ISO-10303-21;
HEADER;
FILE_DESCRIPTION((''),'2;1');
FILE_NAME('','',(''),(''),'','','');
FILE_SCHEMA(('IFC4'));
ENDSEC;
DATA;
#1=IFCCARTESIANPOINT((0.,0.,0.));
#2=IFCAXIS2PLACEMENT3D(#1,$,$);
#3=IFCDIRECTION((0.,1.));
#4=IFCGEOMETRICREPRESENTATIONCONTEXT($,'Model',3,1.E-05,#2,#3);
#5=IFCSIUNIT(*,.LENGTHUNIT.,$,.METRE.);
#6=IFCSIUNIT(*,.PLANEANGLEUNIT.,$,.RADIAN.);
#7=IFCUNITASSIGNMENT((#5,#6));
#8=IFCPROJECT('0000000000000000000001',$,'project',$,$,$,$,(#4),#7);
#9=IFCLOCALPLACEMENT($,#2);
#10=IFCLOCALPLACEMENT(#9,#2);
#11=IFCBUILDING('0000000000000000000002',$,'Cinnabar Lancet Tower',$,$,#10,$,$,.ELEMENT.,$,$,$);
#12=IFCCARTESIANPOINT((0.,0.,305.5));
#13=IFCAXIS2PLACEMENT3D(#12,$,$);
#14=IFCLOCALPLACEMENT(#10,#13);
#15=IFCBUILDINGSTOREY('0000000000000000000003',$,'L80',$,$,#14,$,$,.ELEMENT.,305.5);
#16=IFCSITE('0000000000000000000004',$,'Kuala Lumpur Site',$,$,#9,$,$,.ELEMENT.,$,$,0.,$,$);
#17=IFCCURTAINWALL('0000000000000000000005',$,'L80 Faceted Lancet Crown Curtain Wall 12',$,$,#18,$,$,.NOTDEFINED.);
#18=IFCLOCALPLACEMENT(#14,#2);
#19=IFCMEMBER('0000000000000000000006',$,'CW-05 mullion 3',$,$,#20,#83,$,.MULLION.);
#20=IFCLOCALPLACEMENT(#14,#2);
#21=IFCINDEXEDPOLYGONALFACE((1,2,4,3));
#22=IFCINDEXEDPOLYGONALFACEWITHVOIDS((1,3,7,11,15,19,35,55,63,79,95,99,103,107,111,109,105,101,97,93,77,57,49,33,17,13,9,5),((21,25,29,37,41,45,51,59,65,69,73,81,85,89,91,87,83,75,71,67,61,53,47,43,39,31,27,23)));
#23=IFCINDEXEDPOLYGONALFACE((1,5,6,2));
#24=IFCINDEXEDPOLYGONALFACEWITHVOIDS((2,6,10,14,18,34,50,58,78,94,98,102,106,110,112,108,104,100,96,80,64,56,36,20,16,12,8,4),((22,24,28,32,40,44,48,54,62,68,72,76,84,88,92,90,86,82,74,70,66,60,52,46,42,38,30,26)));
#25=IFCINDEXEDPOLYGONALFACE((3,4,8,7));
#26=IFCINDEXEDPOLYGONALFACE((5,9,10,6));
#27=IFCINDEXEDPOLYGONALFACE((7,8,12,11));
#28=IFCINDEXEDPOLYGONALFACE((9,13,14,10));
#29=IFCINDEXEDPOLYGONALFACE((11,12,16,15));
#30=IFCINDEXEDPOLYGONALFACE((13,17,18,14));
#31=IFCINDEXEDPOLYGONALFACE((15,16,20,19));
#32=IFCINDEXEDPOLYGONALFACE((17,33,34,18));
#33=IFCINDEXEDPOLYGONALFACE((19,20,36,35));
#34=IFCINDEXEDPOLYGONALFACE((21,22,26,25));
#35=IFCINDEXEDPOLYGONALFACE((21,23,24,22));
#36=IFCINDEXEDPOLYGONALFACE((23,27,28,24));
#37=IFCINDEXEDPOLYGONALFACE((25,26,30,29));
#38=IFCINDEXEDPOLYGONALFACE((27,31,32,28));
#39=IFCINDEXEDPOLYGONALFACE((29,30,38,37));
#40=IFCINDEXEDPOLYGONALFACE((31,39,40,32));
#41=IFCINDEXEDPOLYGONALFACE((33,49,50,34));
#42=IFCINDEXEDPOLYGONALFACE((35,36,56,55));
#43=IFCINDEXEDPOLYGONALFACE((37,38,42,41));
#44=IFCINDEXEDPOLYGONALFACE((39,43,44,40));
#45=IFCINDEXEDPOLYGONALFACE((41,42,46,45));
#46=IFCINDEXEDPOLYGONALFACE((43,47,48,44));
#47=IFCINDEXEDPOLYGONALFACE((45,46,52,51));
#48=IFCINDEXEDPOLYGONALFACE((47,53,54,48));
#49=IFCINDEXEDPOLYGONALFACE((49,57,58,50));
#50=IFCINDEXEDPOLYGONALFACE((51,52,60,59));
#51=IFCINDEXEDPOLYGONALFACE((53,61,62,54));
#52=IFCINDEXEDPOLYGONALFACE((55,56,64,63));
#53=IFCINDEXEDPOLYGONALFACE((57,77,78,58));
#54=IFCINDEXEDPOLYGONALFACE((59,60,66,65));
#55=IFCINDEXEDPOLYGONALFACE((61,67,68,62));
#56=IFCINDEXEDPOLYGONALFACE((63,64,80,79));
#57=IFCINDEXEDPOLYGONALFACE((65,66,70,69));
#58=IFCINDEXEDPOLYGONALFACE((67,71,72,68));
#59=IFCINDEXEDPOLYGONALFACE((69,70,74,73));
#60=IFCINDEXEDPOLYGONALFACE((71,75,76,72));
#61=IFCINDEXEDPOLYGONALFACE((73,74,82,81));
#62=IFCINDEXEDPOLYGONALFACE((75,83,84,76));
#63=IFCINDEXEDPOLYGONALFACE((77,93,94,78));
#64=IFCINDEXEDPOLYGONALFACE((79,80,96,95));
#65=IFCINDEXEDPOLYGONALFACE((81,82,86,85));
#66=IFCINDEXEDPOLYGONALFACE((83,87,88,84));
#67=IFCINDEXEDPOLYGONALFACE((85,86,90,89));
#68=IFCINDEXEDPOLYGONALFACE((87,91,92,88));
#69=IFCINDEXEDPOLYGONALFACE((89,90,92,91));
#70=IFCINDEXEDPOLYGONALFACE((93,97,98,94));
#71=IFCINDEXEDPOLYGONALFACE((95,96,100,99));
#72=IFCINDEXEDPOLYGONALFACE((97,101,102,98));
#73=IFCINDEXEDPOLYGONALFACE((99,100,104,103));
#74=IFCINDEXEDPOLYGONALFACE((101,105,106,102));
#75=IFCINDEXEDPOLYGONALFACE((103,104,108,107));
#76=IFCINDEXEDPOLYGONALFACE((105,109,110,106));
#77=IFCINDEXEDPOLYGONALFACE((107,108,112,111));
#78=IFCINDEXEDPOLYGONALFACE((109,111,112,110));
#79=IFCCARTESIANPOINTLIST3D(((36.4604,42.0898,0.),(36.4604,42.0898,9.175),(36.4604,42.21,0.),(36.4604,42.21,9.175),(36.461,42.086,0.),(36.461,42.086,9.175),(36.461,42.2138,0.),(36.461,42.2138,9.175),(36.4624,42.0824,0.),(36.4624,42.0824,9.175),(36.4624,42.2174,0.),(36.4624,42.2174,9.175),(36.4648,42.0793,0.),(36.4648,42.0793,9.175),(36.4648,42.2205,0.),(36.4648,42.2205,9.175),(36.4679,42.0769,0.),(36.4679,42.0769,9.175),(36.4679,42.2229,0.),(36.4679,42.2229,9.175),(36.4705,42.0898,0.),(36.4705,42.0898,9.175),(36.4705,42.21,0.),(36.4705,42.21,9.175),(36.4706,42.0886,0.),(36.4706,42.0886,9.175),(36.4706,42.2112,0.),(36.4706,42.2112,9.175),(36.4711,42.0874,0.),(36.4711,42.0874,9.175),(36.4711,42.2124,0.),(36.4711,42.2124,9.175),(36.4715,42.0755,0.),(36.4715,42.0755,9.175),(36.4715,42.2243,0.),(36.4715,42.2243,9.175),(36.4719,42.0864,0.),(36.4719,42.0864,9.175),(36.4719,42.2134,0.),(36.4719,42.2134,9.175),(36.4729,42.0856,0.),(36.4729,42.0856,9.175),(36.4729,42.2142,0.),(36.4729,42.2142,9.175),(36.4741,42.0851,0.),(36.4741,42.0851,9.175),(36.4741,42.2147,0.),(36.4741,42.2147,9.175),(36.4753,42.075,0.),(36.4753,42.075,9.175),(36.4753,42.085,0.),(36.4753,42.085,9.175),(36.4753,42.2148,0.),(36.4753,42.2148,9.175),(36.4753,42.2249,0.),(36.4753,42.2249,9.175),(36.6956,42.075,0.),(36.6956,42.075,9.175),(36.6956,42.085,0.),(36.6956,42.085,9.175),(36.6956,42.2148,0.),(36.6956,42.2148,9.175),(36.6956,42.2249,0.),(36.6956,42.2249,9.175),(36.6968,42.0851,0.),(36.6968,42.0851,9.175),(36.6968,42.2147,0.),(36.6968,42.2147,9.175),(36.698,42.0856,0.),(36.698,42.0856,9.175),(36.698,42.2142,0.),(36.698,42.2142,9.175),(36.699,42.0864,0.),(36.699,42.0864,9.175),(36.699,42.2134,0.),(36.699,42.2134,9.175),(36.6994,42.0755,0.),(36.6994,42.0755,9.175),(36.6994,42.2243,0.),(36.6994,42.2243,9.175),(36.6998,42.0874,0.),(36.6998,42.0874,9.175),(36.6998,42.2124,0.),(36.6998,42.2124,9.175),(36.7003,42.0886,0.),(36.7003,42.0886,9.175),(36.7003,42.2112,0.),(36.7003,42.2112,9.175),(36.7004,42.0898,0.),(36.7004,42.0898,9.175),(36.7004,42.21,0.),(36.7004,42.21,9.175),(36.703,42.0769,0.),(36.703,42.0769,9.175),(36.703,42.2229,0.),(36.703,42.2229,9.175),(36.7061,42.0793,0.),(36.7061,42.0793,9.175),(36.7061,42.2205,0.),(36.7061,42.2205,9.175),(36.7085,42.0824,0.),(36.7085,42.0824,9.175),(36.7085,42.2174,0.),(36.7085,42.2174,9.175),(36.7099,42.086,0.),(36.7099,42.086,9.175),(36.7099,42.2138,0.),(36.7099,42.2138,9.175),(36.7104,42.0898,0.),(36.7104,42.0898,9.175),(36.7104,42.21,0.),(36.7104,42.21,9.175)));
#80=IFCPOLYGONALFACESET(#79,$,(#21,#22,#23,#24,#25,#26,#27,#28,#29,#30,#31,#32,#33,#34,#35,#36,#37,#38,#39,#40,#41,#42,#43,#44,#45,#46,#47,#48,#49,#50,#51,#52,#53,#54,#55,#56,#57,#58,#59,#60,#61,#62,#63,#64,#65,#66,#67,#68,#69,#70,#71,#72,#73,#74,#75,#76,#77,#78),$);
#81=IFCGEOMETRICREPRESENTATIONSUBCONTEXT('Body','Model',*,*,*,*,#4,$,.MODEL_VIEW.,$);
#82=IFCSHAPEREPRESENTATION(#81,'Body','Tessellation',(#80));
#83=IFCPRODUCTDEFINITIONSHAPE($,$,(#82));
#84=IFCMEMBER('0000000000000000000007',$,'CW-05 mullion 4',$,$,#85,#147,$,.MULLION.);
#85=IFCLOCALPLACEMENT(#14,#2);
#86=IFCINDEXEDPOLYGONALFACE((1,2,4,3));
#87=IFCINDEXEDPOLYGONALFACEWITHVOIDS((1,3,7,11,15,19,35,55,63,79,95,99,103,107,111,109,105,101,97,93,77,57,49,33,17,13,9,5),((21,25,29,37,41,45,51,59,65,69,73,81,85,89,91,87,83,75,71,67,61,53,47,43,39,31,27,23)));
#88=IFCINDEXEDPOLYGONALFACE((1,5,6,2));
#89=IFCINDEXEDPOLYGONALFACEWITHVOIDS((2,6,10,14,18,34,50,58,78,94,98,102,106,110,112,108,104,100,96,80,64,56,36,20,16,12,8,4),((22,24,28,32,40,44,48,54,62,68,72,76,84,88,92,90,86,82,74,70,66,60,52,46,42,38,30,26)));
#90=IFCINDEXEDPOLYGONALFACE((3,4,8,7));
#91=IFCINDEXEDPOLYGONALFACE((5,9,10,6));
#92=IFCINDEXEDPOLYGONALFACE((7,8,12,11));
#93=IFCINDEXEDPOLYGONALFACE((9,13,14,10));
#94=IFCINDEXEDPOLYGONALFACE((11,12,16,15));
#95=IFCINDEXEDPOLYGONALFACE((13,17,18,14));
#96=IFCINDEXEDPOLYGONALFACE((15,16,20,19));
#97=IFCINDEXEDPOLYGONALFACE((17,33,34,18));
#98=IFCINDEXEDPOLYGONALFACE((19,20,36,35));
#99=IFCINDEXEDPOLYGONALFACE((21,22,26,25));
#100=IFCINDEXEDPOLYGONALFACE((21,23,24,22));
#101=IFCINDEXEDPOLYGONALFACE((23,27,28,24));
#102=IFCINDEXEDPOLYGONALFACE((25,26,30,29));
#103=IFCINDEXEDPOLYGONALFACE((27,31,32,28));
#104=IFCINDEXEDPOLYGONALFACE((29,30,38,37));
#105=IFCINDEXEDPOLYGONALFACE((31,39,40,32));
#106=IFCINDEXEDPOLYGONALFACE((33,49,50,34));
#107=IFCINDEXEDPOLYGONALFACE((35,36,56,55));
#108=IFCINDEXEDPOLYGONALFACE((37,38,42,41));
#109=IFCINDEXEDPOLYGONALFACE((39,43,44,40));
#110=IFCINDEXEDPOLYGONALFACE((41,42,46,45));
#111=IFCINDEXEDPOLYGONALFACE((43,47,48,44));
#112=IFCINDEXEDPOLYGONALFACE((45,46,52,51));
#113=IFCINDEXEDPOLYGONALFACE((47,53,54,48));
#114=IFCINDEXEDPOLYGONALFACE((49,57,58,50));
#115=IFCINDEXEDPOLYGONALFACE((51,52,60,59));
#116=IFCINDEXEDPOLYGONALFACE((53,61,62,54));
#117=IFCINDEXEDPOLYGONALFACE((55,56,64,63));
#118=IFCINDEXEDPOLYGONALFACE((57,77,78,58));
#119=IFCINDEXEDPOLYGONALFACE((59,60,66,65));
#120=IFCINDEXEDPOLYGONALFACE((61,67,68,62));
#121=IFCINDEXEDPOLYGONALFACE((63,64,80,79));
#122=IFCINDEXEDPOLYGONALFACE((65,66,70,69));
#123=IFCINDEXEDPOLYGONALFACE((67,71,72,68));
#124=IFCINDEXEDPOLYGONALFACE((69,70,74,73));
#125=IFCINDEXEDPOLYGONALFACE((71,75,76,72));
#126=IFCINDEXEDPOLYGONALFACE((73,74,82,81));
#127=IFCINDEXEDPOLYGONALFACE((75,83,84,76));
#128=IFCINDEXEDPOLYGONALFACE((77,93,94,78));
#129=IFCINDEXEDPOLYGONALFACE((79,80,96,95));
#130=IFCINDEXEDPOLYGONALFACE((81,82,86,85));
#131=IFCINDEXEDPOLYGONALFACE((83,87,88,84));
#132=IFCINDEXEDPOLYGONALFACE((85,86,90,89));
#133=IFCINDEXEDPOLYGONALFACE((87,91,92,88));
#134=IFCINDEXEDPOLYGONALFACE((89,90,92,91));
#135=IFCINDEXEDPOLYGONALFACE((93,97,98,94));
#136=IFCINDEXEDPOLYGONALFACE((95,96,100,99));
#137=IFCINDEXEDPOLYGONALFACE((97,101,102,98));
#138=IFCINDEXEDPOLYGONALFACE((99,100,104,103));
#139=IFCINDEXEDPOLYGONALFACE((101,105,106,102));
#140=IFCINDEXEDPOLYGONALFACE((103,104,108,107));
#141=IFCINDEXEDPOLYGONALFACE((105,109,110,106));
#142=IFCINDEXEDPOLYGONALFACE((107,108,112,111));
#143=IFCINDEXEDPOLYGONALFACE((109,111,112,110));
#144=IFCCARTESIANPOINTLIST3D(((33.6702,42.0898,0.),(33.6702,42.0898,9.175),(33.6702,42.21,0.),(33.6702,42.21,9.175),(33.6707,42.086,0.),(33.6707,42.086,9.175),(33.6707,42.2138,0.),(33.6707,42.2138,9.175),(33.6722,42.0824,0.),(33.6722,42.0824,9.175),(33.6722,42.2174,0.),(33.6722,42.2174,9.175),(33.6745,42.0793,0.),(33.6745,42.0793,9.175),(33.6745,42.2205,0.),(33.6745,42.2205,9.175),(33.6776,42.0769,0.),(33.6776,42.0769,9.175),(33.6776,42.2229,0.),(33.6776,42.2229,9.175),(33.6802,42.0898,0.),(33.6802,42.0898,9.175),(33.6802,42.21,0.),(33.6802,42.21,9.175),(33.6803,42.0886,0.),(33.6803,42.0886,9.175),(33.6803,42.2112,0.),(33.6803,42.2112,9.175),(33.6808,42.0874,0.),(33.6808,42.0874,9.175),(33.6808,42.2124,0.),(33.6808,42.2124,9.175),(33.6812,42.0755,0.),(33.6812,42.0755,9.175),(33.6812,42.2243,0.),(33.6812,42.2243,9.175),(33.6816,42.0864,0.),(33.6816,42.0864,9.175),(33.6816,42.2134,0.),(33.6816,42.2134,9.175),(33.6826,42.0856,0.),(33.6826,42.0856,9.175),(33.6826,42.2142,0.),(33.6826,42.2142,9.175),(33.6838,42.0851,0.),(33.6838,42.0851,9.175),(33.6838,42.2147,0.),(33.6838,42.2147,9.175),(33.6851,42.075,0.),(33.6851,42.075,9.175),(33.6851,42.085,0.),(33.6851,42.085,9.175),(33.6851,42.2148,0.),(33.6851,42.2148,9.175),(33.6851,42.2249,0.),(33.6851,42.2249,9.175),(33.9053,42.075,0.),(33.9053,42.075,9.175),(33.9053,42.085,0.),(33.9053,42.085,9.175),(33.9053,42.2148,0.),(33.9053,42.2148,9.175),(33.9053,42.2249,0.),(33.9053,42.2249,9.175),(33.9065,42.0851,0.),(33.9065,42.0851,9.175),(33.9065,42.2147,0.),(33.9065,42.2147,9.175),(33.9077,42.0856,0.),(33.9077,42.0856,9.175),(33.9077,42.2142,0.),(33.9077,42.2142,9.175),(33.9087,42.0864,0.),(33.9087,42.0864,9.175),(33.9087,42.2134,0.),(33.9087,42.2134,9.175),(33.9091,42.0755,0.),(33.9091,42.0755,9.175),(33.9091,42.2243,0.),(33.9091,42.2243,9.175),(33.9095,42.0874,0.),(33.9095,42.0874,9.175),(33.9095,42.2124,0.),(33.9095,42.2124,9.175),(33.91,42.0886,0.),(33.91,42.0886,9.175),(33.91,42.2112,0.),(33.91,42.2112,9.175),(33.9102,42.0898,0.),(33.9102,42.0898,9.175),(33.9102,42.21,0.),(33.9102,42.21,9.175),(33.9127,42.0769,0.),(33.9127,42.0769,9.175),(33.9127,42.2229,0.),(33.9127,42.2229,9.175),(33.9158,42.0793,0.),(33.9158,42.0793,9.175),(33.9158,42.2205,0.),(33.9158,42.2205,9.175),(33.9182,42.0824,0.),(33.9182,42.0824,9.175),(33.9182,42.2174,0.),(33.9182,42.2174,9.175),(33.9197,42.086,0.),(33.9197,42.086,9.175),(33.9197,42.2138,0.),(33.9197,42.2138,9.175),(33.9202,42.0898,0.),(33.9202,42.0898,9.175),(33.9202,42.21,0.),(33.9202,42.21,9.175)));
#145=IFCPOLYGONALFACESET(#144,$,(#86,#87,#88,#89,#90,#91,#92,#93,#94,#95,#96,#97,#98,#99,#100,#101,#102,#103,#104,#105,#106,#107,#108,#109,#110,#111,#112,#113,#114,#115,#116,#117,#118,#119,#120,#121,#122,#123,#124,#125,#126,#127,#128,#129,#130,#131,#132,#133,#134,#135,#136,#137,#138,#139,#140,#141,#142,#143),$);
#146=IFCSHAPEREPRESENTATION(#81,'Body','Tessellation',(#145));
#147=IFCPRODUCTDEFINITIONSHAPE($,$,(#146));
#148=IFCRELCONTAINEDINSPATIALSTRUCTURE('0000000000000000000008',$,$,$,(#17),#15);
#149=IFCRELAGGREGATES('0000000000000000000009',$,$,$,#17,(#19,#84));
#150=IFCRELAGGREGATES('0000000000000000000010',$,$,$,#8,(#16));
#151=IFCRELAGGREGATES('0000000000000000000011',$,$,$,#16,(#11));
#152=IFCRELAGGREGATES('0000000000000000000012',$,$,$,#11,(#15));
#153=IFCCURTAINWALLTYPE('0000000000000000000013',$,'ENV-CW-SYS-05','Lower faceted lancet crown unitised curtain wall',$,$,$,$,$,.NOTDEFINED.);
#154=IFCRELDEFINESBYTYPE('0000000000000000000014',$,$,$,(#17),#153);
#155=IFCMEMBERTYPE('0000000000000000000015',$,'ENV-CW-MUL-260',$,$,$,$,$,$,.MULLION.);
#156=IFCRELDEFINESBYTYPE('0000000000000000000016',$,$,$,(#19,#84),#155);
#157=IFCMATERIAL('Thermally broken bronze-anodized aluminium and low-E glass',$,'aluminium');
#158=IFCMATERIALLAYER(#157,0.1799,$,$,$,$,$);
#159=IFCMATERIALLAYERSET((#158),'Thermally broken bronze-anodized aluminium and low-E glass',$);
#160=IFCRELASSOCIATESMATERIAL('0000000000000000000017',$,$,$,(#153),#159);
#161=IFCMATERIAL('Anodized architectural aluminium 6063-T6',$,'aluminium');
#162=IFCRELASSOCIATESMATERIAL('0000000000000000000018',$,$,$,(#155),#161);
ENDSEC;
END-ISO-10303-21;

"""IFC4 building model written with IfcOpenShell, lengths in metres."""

from ifc_helpers import new_model, si_unit, direction, frame, origin, origin_2d, place, context, subcontext, project, spatial, hollow_rectangle, extrude, material, layer, layer_set, material_profile, profile_set, type_object, element, aggregate, save


model = new_model("IFC4")

# Units and contexts
model_context = context("Model", 3, precision=1e-05, world=origin(), true_north=direction((0.0, 1.0)))
body_context = subcontext(model_context, "Body", "Model", "MODEL_VIEW")
ifc_project = project(units=[si_unit("LENGTHUNIT", "METRE"), si_unit("PLANEANGLEUNIT", "RADIAN")], contexts=[model_context])

# Site, building, storey
site_placement = place(None, origin())
site = spatial("IfcSite", under=ifc_project, at=site_placement, Name="Kuala Lumpur Site", CompositionType="ELEMENT", RefElevation=0.0)
building_placement = place(site_placement, origin())
building = spatial("IfcBuilding", under=site, at=building_placement, Name="Cinnabar Lancet Tower", CompositionType="ELEMENT")
storey_placement = place(building_placement, frame((0.0, 0.0, 305.5)))
storey = spatial("IfcBuildingStorey", under=building, at=storey_placement, Name="L80", CompositionType="ELEMENT", Elevation=305.5)

# Curtain wall, members
ifc_material_1 = material(Name="Thermally broken bronze-anodized aluminium and low-E glass", Category="aluminium")
ifc_layer_1 = layer(ifc_material_1, 0.1799)
ifc_layer_set_1 = layer_set([ifc_layer_1], Name="Thermally broken bronze-anodized aluminium and low-E glass")
curtain_wall_type = type_object("IfcCurtainWallType", Name="ENV-CW-SYS-05", Description="Lower faceted lancet crown unitised curtain wall", PredefinedType="NOTDEFINED", material=ifc_layer_set_1)
curtain_wall_placement = place(storey_placement, origin())
curtain_wall = element("IfcCurtainWall", 1, at=curtain_wall_placement, inside=storey, type_object=curtain_wall_type, Name="L80 Faceted Lancet Crown Curtain Wall 12", PredefinedType="NOTDEFINED")
ifc_material_2 = material(Name="Anodized architectural aluminium 6063-T6", Category="aluminium")
ifc_material_profile_1 = material_profile(ifc_material_2, hollow_rectangle(XDim=0.1499, YDim=0.25, WallThickness=0.01, InnerFilletRadius=0.0049, OuterFilletRadius=0.0149, at=origin_2d()), Name="RHS 250x150x10")
ifc_profile_set_1 = profile_set([ifc_material_profile_1], Name="Anodized architectural aluminium 6063-T6")
member_type_1 = type_object("IfcMemberType", Name="ENV-CW-MUL-260", PredefinedType="MULLION", material=ifc_profile_set_1)
member_1_placement = place(storey_placement, frame((36.5854, 42.1499, 0.0), z_axis=(0.0, 0.0, 1.0), x_axis=(0.0, -1.0, 0.0)))
member_1 = element("IfcMember", 2, at=member_1_placement, type_object=member_type_1, Name="CW-05 mullion 3", PredefinedType="MULLION", context=body_context, shape_type="SweptSolid", body=[
    extrude(hollow_rectangle(XDim=0.1499, YDim=0.25, WallThickness=0.01, InnerFilletRadius=0.0049, OuterFilletRadius=0.0149, at=origin_2d()), origin(), (0.0, 0.0, 1.0), 9.175),
])
member_2_placement = place(storey_placement, frame((33.7952, 42.1499, 0.0), z_axis=(0.0, 0.0, 1.0), x_axis=(0.0, -1.0, 0.0)))
member_2 = element("IfcMember", 3, at=member_2_placement, type_object=member_type_1, Name="CW-05 mullion 4", PredefinedType="MULLION", context=body_context, shape_type="SweptSolid", body=[
    extrude(hollow_rectangle(XDim=0.1499, YDim=0.25, WallThickness=0.01, InnerFilletRadius=0.0049, OuterFilletRadius=0.0149, at=origin_2d()), origin(), (0.0, 0.0, 1.0), 9.175),
])
aggregate(curtain_wall, [member_1, member_2])

save(model, "model.ifc")
